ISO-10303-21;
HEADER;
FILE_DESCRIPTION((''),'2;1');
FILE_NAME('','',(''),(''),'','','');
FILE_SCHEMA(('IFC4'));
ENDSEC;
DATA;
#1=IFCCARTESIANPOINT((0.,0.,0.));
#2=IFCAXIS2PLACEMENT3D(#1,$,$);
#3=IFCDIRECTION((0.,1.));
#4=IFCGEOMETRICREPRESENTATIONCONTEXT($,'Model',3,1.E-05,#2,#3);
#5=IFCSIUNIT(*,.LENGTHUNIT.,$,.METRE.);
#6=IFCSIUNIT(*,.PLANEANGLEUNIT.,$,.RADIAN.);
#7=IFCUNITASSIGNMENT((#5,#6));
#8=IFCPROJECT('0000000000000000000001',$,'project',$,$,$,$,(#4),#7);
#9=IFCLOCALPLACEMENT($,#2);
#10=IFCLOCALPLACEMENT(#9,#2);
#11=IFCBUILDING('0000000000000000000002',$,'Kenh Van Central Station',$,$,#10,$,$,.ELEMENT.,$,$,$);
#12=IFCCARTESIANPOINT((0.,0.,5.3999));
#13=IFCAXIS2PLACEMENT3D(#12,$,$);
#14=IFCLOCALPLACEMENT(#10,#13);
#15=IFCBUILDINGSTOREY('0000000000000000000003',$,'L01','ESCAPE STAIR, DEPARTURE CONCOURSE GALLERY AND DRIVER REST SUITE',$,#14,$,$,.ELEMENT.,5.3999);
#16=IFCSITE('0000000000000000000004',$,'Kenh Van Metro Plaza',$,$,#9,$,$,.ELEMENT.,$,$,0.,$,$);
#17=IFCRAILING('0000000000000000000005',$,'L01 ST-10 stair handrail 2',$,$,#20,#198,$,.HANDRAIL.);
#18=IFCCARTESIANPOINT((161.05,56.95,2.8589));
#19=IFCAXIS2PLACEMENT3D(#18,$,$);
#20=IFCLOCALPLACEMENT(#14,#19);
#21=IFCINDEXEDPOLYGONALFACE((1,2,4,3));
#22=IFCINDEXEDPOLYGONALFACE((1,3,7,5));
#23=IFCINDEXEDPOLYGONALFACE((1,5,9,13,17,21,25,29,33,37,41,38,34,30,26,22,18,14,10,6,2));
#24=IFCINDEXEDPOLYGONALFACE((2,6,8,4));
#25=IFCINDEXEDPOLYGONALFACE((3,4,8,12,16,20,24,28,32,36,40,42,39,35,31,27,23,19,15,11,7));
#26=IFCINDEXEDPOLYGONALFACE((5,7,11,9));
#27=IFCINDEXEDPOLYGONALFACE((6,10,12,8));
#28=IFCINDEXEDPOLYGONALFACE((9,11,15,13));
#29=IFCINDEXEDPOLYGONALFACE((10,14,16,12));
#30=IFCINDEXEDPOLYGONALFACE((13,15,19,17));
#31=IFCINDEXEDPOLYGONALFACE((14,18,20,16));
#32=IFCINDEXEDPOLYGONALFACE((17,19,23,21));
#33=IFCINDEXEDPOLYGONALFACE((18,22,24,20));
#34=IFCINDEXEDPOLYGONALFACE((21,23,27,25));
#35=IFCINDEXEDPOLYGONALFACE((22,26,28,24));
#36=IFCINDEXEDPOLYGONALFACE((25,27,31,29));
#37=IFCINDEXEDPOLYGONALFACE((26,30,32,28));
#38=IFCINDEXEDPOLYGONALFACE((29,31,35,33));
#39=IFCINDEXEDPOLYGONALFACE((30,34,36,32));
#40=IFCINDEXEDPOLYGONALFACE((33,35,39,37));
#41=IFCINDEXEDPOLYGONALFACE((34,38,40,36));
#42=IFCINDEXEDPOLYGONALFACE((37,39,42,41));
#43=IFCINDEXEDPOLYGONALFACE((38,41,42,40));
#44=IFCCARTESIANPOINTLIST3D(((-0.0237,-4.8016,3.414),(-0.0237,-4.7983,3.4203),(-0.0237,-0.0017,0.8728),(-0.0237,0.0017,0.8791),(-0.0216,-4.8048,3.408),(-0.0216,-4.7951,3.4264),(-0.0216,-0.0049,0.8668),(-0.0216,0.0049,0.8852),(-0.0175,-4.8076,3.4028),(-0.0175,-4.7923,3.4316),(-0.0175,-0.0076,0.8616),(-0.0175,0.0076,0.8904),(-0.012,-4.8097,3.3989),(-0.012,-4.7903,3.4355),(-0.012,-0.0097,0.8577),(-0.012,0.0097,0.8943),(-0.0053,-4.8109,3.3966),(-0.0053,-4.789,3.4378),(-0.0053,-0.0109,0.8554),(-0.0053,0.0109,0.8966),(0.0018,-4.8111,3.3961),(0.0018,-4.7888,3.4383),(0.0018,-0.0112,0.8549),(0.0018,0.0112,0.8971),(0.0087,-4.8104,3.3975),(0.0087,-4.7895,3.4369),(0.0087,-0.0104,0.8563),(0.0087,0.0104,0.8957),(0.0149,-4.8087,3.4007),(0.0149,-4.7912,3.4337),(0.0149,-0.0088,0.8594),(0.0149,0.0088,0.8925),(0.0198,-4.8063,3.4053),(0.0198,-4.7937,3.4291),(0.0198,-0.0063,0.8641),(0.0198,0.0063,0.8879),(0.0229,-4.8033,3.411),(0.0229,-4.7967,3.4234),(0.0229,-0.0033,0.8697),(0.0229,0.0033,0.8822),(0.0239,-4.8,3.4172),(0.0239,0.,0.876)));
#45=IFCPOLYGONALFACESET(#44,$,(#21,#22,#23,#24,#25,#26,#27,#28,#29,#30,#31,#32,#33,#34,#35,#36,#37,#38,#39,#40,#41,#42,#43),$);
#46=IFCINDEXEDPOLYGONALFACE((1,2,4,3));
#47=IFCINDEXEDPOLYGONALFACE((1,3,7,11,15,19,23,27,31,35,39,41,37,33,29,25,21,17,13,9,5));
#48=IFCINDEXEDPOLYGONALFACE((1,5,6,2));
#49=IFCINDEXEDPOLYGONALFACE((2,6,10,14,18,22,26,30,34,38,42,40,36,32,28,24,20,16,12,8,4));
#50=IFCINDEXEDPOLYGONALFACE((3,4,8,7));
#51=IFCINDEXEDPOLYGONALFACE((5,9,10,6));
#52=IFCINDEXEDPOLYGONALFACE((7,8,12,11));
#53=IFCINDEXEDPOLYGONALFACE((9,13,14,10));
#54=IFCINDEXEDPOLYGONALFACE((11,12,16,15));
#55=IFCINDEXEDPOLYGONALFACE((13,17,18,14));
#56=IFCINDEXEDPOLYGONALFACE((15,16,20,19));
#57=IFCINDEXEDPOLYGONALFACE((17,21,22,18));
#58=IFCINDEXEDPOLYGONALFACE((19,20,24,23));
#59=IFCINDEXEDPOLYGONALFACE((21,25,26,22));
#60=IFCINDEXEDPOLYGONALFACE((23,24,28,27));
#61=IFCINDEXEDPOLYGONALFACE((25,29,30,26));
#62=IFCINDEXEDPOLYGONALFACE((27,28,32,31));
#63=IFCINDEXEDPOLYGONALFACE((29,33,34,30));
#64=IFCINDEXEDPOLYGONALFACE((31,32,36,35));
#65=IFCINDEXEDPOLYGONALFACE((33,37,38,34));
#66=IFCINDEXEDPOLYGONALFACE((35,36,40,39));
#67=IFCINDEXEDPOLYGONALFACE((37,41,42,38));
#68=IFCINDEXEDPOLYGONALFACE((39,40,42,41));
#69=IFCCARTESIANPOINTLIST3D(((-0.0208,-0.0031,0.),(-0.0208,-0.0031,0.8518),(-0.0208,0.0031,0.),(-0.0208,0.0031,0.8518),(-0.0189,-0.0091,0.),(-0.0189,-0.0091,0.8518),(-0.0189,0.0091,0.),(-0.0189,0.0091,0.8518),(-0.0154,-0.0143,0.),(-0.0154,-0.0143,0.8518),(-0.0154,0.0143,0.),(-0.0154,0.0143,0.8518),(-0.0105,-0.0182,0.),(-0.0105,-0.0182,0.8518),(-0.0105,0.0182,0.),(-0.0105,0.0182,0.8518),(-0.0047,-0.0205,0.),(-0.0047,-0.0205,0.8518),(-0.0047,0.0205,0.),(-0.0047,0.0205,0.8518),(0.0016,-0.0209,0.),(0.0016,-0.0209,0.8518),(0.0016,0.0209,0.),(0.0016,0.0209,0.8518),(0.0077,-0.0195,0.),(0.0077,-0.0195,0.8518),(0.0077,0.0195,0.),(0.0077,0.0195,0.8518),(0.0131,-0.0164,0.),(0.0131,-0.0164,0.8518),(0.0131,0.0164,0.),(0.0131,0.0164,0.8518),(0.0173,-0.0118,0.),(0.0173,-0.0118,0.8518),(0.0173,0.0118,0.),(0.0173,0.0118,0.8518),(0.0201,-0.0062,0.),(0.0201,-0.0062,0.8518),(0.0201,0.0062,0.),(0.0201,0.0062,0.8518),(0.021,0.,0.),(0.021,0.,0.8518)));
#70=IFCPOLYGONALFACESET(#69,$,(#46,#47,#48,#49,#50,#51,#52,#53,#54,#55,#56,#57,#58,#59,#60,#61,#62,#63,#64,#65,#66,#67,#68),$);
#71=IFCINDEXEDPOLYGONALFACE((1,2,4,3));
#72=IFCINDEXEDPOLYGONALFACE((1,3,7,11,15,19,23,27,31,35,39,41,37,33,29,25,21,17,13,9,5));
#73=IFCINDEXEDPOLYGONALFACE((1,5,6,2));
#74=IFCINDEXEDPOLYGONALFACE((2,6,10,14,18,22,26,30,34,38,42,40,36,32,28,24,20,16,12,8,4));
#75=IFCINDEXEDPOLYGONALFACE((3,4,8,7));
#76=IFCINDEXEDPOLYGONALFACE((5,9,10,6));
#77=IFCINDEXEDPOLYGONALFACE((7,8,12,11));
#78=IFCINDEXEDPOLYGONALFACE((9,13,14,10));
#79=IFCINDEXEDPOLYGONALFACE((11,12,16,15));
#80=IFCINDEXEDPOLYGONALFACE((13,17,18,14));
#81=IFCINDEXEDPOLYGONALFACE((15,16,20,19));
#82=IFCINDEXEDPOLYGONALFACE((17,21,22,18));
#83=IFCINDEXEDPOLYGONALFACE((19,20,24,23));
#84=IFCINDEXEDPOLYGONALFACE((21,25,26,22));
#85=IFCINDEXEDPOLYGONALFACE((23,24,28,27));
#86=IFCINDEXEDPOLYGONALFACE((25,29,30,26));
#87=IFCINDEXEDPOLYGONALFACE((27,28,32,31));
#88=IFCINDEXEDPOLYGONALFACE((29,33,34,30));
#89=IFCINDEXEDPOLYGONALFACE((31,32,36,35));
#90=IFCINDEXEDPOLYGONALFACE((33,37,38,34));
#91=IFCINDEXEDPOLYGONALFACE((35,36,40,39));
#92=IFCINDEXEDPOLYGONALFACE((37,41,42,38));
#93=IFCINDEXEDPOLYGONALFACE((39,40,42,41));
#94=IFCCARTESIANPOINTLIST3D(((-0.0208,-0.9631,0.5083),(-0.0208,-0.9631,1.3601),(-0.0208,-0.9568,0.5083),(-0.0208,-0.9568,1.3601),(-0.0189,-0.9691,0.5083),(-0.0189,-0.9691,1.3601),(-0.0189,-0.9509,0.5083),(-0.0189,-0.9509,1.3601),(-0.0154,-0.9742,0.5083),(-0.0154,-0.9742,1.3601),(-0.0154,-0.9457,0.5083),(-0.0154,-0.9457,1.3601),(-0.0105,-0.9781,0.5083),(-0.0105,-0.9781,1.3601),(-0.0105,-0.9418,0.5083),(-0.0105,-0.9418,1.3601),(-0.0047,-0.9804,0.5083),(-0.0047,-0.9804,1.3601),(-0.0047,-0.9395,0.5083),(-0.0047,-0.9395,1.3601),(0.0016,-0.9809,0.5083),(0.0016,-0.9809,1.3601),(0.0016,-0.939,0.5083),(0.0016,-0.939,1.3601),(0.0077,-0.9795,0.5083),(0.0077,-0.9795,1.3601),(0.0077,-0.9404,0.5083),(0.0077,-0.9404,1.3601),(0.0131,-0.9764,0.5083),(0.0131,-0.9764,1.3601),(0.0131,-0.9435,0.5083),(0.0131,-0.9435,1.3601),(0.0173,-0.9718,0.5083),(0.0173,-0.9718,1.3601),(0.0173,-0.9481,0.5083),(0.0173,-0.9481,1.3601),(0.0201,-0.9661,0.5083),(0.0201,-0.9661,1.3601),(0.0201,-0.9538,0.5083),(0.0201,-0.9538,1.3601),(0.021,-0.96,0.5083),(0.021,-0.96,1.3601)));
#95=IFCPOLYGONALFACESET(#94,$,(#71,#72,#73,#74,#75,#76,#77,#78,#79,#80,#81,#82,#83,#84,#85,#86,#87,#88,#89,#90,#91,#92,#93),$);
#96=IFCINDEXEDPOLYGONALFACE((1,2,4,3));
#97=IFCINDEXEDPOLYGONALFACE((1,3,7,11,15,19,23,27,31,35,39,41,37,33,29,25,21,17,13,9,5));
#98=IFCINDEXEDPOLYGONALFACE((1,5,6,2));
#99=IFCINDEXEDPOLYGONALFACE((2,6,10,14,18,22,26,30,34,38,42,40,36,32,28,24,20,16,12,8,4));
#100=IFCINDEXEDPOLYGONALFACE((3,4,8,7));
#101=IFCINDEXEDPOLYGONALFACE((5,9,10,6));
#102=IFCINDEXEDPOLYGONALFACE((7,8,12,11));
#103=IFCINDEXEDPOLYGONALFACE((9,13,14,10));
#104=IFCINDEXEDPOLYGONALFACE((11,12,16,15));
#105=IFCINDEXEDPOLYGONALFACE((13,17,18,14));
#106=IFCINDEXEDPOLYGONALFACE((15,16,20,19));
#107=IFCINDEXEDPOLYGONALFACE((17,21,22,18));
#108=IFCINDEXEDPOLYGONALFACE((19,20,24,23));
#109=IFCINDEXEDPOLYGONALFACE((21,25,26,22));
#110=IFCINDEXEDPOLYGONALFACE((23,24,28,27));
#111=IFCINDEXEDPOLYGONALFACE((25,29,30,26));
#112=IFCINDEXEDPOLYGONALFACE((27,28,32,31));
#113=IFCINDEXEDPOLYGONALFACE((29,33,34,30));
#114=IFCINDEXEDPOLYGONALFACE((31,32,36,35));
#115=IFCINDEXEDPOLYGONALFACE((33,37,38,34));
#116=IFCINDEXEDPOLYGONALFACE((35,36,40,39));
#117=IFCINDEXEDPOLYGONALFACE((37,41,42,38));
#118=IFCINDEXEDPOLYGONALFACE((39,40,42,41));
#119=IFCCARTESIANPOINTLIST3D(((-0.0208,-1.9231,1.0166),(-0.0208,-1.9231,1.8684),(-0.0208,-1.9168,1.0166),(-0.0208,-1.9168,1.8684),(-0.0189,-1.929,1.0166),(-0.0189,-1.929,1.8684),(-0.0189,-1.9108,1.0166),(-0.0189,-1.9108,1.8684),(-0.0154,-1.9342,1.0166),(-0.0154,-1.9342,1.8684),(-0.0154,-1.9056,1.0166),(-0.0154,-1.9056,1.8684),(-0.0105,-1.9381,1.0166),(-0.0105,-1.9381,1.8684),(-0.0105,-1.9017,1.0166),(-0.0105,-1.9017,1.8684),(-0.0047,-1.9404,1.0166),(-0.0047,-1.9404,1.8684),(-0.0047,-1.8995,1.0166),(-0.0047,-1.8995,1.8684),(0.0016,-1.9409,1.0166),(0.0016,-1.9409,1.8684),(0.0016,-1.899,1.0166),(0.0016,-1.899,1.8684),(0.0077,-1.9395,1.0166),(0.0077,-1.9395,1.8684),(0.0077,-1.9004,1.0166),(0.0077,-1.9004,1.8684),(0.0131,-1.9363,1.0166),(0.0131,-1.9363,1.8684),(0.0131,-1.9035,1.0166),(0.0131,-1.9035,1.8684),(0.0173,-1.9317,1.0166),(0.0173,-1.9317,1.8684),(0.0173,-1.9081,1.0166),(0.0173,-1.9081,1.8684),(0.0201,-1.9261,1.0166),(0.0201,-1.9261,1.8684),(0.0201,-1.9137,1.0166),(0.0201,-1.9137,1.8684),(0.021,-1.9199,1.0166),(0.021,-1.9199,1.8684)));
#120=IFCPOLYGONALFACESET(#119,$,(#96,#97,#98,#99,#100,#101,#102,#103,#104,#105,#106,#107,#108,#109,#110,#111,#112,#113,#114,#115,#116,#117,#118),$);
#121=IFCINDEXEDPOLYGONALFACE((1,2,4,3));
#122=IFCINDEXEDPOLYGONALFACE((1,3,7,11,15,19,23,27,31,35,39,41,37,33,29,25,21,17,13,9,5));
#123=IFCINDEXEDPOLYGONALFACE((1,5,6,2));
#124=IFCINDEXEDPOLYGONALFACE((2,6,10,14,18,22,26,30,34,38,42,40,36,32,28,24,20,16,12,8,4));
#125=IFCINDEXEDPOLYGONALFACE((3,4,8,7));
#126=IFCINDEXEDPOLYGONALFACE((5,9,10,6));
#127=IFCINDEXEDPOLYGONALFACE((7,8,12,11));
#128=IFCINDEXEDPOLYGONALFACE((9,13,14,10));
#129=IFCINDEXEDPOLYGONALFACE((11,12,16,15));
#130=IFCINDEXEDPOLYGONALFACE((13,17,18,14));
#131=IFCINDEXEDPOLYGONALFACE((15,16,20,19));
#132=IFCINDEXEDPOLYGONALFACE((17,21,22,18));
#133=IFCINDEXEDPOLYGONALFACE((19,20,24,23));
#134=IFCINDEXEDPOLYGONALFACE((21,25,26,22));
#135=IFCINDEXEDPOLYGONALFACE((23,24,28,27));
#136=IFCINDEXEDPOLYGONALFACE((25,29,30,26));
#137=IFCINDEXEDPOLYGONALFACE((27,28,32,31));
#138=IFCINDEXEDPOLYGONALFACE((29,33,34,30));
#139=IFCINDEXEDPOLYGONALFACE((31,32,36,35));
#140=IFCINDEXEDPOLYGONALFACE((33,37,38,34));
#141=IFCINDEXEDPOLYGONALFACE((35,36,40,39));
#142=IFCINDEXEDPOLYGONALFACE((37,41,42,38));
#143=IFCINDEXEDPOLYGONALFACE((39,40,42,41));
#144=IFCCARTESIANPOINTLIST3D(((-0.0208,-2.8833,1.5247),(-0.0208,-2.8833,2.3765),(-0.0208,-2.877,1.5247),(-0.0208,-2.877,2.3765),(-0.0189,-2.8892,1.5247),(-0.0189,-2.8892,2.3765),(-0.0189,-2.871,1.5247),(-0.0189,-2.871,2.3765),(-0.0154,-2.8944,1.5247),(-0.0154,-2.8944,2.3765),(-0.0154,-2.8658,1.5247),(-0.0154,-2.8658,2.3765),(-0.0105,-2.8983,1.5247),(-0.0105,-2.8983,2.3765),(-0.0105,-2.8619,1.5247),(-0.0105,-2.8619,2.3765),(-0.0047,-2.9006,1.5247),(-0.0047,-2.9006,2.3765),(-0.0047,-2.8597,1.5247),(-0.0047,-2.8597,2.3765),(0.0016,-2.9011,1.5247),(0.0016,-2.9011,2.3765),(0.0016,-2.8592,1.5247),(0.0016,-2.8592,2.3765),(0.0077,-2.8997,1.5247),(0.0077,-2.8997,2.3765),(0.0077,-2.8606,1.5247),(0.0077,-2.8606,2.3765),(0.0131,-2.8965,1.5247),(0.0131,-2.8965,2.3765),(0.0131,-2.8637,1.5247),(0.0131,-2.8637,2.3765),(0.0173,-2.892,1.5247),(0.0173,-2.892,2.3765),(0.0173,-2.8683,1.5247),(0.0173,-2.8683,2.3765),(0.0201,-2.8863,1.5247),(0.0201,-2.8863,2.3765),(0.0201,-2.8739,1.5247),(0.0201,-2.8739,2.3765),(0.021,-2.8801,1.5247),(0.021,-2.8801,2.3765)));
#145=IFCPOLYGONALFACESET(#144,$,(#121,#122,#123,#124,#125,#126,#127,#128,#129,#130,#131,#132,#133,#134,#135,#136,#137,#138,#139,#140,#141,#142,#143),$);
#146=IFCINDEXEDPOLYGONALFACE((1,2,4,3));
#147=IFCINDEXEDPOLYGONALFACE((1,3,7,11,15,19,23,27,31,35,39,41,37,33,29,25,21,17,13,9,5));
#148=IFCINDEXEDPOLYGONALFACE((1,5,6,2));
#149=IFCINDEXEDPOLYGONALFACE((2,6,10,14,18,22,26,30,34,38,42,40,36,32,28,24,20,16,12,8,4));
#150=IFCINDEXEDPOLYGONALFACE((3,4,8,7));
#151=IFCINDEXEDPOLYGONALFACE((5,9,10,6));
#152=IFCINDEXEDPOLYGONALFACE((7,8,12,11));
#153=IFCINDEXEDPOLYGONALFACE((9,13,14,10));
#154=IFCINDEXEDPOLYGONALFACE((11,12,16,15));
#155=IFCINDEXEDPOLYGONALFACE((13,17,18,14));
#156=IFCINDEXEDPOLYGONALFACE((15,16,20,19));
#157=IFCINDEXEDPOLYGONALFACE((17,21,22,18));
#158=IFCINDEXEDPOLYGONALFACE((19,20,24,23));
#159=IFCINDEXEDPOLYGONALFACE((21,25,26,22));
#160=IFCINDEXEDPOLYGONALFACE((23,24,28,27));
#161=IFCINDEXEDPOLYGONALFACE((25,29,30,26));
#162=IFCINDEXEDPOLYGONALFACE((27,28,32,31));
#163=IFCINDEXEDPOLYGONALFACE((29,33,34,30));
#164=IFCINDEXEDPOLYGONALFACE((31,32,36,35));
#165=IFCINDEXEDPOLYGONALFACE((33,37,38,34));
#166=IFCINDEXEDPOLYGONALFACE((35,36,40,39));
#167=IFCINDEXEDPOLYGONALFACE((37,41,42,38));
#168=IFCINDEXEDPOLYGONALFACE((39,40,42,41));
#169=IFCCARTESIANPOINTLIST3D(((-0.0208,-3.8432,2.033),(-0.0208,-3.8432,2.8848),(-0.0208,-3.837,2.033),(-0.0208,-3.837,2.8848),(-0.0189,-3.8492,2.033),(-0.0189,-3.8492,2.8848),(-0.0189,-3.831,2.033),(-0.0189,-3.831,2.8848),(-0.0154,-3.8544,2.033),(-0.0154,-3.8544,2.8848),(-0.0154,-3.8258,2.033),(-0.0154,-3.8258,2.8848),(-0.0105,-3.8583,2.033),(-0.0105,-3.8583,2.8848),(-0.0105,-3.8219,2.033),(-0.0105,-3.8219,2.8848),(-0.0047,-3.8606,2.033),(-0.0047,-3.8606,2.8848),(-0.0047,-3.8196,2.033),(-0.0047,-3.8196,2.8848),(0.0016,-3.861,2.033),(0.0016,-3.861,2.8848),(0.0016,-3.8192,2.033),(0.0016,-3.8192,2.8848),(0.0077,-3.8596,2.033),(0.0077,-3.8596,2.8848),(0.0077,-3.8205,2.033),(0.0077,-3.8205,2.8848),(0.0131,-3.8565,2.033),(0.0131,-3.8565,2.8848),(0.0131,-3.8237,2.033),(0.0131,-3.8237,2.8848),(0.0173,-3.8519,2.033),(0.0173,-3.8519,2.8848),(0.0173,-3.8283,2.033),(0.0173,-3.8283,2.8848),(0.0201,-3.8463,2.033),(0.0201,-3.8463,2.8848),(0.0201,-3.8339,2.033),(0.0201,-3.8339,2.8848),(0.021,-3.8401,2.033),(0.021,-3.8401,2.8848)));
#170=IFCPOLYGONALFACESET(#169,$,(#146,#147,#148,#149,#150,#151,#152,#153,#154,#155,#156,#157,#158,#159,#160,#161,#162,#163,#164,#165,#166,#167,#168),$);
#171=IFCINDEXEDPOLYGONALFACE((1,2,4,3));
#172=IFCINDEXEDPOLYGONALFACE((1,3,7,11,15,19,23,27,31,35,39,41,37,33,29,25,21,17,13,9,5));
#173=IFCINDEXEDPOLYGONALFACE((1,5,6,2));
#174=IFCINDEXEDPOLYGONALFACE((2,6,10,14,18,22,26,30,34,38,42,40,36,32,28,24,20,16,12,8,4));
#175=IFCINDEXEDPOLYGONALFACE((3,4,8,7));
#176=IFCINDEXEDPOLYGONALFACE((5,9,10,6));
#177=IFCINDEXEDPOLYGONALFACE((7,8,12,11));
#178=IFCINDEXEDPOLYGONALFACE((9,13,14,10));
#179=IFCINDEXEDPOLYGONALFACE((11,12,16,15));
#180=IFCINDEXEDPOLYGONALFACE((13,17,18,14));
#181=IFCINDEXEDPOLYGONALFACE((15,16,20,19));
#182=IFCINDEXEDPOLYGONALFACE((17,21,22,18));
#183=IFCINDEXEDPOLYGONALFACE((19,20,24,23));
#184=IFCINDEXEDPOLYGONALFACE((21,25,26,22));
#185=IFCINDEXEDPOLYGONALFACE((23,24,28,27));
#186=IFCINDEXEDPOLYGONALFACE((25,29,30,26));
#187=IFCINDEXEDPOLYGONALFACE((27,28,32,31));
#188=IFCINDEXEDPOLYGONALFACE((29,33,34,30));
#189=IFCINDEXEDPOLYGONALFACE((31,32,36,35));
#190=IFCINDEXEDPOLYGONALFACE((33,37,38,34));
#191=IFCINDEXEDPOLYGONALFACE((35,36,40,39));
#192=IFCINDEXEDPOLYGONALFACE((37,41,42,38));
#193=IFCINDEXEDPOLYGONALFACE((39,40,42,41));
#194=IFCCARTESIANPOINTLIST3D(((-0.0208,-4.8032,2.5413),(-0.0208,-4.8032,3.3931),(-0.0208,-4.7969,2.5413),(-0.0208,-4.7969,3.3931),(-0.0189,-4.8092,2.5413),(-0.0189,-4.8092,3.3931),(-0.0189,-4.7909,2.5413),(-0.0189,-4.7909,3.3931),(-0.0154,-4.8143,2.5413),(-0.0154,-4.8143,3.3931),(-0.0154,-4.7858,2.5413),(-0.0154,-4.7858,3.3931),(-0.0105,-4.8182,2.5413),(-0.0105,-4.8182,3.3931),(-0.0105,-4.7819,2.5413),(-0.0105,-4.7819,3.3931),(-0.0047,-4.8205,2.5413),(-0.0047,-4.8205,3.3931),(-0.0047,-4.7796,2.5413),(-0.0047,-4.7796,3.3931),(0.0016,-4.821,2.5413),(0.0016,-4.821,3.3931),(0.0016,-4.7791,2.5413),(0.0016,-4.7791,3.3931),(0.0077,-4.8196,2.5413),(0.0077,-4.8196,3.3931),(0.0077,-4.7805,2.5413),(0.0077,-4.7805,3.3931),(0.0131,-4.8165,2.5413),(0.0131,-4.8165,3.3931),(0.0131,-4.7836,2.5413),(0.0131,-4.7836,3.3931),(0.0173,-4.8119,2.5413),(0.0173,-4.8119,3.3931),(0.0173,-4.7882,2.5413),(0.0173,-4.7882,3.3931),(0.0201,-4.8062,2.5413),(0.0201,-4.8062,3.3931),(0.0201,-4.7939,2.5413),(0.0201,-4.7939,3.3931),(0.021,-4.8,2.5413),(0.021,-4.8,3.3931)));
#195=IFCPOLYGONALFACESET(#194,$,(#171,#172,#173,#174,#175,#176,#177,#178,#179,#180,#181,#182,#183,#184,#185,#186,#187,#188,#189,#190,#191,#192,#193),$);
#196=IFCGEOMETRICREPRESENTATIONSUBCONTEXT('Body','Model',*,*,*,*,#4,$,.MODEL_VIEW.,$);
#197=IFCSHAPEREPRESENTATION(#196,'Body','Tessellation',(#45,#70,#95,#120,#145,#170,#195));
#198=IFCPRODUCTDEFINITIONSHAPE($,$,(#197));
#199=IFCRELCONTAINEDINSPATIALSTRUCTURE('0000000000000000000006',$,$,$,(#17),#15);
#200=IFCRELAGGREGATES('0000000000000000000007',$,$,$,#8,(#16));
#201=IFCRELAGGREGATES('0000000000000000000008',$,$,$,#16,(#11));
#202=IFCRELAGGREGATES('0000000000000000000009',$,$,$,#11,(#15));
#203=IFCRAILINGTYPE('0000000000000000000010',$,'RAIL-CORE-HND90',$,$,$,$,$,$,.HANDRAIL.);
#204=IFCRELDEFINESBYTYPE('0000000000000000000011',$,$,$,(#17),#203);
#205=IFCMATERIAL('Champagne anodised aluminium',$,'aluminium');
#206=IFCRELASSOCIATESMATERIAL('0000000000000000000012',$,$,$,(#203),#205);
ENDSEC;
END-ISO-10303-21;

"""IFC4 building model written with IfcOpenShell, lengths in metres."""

from ifc_helpers import new_model, si_unit, direction, frame, origin, origin_2d, place, context, subcontext, project, spatial, circle, extrude, material, type_object, element, save


model = new_model("IFC4")

# Units and contexts
model_context = context("Model", 3, precision=1e-05, world=origin(), true_north=direction((0.0, 1.0)))
body_context = subcontext(model_context, "Body", "Model", "MODEL_VIEW")
ifc_project = project(units=[si_unit("LENGTHUNIT", "METRE"), si_unit("PLANEANGLEUNIT", "RADIAN")], contexts=[model_context])

# Site, building, storey
site_placement = place(None, origin())
site = spatial("IfcSite", under=ifc_project, at=site_placement, Name="Kenh Van Metro Plaza", CompositionType="ELEMENT", RefElevation=0.0)
building_placement = place(site_placement, origin())
building = spatial("IfcBuilding", under=site, at=building_placement, Name="Kenh Van Central Station", CompositionType="ELEMENT")
storey_placement = place(building_placement, frame((0.0, 0.0, 5.3999)))
storey = spatial("IfcBuildingStorey", under=building, at=storey_placement, Name="L01", Description="ESCAPE STAIR, DEPARTURE CONCOURSE GALLERY AND DRIVER REST SUITE", CompositionType="ELEMENT", Elevation=5.3999)

# Shared definitions
ifc_material_1 = material(Name="Champagne anodised aluminium", Category="aluminium")

# Railing
railing_type_1 = type_object("IfcRailingType", Name="RAIL-CORE-HND90", PredefinedType="HANDRAIL", material=ifc_material_1)
railing_1_placement = place(storey_placement, frame((161.05, 56.95, 2.8589)))
element("IfcRailing", 1, at=railing_1_placement, inside=storey, type_object=railing_type_1, Name="L01 ST-10 stair handrail 2", PredefinedType="HANDRAIL", context=body_context, shape_type="SweptSolid", body=[
    extrude(circle(Radius=0.0239, at=origin_2d()), frame((0.0, 0.0, 0.876), z_axis=(0.0, -0.883784, 0.467896), x_axis=(1.0, 0.0, 0.0)), (0.0, 0.0, 1.0), 5.4312),
    extrude(circle(Radius=0.021, at=origin_2d()), origin(), (0.0, 0.0, 1.0), 0.8518),
    extrude(circle(Radius=0.021, at=origin_2d()), frame((0.0, -0.96, 0.5083)), (0.0, 0.0, 1.0), 0.8518),
    extrude(circle(Radius=0.021, at=origin_2d()), frame((0.0, -1.9199, 1.0166)), (0.0, 0.0, 1.0), 0.8518),
    extrude(circle(Radius=0.021, at=origin_2d()), frame((0.0, -2.8801, 1.5247)), (0.0, 0.0, 1.0), 0.8518),
    extrude(circle(Radius=0.021, at=origin_2d()), frame((0.0, -3.8401, 2.033)), (0.0, 0.0, 1.0), 0.8518),
    extrude(circle(Radius=0.021, at=origin_2d()), frame((0.0, -4.8, 2.5413)), (0.0, 0.0, 1.0), 0.8518),
])

save(model, "model.ifc")
